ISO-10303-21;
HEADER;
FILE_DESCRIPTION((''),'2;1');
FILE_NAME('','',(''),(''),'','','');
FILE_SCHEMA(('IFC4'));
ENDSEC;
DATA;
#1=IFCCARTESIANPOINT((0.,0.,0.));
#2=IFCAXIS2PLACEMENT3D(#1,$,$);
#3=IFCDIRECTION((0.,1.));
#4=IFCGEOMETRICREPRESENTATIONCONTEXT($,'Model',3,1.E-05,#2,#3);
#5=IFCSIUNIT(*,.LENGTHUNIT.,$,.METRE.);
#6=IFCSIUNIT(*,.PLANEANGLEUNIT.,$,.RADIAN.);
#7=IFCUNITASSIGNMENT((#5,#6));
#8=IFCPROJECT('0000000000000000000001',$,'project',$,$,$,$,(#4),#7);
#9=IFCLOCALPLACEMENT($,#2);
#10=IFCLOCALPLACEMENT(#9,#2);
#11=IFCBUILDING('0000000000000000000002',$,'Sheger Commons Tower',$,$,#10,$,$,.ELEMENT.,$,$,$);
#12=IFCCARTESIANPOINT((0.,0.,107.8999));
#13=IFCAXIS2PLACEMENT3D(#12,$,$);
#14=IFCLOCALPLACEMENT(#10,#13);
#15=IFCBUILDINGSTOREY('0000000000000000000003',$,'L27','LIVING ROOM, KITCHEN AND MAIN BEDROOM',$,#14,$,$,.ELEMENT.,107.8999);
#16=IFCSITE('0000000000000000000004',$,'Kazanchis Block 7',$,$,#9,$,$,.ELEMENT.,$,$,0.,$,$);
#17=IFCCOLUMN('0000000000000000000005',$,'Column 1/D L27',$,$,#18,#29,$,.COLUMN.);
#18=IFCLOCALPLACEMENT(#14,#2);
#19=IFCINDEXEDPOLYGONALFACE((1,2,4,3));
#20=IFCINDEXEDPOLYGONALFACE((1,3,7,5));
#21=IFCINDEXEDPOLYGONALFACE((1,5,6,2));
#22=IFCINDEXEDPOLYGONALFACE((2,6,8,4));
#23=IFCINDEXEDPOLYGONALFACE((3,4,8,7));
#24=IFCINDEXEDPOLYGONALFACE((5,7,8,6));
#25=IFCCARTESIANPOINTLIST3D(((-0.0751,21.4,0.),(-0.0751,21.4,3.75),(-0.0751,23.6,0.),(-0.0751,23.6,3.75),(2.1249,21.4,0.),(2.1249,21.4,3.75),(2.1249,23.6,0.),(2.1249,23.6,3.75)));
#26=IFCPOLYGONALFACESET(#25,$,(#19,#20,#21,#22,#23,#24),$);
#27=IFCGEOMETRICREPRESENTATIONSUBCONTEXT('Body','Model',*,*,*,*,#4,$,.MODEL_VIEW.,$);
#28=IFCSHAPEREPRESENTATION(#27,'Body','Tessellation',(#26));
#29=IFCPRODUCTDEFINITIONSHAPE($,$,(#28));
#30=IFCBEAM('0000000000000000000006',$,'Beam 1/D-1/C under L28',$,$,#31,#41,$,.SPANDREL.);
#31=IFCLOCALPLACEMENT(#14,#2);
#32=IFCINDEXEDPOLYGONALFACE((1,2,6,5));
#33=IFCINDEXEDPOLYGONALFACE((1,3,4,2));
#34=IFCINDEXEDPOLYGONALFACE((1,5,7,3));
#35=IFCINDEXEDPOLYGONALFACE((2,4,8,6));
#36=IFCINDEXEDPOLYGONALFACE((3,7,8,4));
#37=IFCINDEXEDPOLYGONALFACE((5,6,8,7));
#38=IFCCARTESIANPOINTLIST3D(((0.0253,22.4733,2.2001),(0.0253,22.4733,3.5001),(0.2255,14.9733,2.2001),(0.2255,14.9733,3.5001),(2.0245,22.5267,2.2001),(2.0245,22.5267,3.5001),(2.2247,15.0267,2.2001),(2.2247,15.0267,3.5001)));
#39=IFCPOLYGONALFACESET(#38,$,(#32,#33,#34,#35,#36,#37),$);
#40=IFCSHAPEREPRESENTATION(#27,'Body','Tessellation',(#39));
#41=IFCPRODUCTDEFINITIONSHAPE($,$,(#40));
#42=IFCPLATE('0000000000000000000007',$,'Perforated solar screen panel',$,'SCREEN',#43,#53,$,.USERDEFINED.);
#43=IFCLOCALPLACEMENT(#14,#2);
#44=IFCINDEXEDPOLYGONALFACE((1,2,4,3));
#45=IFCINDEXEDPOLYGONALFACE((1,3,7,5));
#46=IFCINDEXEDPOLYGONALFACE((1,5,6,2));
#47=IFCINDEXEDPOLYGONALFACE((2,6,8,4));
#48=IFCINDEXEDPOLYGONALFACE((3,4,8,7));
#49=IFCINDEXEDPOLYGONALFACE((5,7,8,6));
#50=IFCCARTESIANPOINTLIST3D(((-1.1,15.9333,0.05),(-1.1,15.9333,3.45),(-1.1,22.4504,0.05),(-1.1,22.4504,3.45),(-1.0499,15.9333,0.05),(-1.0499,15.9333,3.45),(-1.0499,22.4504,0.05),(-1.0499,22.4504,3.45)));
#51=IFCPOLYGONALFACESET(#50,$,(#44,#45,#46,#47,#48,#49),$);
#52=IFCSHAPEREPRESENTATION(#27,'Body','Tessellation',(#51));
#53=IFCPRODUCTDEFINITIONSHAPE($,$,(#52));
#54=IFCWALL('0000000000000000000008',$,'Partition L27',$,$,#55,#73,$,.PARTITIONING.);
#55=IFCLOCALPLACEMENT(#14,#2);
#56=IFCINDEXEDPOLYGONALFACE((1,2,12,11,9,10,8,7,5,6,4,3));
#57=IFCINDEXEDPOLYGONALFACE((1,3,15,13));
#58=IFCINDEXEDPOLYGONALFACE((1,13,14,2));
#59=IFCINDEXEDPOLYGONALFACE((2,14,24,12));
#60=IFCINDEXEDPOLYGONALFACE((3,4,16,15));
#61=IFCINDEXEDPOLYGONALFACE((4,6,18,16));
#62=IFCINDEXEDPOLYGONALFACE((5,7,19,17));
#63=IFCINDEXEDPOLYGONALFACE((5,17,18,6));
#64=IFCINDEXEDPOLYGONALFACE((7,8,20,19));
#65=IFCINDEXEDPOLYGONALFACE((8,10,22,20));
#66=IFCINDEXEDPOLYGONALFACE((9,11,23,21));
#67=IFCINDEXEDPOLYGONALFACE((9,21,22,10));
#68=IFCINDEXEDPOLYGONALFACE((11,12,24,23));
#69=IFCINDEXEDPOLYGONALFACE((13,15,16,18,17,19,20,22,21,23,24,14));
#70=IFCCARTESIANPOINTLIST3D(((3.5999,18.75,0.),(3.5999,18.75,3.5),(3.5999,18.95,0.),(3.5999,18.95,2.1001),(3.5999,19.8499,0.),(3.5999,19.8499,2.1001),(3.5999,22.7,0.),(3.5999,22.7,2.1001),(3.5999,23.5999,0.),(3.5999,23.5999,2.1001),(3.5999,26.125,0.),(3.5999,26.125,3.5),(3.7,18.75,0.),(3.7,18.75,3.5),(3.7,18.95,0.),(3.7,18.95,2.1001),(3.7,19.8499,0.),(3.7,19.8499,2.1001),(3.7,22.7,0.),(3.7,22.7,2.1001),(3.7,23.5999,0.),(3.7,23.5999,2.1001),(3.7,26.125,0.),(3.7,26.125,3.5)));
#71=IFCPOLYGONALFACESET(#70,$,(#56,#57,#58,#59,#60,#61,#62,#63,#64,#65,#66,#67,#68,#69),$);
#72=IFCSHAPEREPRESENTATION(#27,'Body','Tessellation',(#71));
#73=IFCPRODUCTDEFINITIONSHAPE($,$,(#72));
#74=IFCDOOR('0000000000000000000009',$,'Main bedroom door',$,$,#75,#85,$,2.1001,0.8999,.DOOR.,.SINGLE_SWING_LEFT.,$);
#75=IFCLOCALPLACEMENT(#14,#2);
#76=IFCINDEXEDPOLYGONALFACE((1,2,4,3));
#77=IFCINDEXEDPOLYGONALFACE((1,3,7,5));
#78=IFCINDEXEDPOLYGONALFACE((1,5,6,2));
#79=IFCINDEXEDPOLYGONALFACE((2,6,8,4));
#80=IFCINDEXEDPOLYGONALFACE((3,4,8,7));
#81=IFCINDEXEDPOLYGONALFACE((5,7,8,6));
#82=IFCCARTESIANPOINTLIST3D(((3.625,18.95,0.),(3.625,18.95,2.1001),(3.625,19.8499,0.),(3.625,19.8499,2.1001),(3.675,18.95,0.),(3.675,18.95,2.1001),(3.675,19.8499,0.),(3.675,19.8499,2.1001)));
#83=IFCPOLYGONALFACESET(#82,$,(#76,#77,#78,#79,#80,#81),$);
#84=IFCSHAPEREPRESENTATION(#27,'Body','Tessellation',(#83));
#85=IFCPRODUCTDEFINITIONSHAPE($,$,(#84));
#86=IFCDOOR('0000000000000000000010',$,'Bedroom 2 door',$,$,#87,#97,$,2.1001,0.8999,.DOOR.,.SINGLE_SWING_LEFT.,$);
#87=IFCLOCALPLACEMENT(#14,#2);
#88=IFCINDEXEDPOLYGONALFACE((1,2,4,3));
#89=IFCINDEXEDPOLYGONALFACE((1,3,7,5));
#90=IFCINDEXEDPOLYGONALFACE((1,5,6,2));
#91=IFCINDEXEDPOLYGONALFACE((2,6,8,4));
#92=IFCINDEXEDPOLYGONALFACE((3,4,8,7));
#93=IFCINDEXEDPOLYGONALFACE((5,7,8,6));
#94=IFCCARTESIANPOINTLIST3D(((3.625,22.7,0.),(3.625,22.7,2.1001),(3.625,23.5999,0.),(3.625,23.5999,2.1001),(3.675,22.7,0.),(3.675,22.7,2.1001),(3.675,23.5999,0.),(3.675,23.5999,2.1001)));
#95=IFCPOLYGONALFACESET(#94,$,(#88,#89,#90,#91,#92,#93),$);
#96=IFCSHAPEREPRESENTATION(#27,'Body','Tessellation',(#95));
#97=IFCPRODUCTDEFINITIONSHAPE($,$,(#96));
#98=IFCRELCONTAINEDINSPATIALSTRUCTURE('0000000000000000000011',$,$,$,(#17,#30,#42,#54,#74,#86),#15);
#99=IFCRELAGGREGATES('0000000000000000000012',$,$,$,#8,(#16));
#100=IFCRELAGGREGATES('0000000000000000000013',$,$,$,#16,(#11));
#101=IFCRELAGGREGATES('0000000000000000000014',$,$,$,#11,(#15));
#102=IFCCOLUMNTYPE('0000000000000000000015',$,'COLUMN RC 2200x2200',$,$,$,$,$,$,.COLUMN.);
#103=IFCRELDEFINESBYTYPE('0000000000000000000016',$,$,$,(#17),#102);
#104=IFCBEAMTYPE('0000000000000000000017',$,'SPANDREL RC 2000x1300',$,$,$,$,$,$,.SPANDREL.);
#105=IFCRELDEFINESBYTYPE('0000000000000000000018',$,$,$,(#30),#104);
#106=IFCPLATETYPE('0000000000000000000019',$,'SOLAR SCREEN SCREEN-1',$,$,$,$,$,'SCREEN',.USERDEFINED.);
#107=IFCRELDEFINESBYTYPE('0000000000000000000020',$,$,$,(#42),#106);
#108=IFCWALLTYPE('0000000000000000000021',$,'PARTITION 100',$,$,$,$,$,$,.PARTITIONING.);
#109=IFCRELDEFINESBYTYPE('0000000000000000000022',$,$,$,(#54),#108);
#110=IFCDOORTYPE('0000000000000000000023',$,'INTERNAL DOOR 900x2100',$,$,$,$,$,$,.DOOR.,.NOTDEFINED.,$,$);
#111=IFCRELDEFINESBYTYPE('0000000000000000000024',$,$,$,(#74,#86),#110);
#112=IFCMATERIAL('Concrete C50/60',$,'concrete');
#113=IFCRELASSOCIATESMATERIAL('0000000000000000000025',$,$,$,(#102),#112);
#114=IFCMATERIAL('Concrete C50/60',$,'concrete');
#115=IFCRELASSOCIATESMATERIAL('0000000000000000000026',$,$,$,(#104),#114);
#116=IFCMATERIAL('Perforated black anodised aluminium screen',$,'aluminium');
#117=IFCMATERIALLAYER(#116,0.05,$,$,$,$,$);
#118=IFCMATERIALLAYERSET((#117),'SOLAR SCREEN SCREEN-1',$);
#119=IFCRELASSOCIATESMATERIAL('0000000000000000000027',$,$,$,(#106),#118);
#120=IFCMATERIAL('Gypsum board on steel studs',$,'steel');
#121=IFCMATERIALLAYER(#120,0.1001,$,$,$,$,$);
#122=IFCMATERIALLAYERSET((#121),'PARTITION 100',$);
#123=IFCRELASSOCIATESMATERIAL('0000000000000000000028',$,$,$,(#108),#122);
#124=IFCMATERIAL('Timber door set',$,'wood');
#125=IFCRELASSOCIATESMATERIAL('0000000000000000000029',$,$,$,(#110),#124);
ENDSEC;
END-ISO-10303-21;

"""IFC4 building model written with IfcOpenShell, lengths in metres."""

from ifc_helpers import new_model, si_unit, direction, frame, frame_2d, origin, origin_2d, place, context, subcontext, project, spatial, rectangle, extrude, material, layer, layer_set, material_profile, profile_set, type_object, element, fill, save


model = new_model("IFC4")

# Units and contexts
model_context = context("Model", 3, precision=1e-05, world=origin(), true_north=direction((0.0, 1.0)))
body_context = subcontext(model_context, "Body", "Model", "MODEL_VIEW")
ifc_project = project(units=[si_unit("LENGTHUNIT", "METRE"), si_unit("PLANEANGLEUNIT", "RADIAN")], contexts=[model_context])

# Site, building, storey
site_placement = place(None, origin())
site = spatial("IfcSite", under=ifc_project, at=site_placement, Name="Kazanchis Block 7", CompositionType="ELEMENT", RefElevation=0.0)
building_placement = place(site_placement, origin())
building = spatial("IfcBuilding", under=site, at=building_placement, Name="Sheger Commons Tower", CompositionType="ELEMENT")
storey_placement = place(building_placement, frame((0.0, 0.0, 107.8999)))
storey = spatial("IfcBuildingStorey", under=building, at=storey_placement, Name="L27", Description="LIVING ROOM, KITCHEN AND MAIN BEDROOM", CompositionType="ELEMENT", Elevation=107.8999)

# Column
ifc_material_1 = material(Name="Concrete C50/60", Category="concrete")
ifc_material_profile_1 = material_profile(ifc_material_1, rectangle(XDim=2.2, YDim=2.2, at=origin_2d()), Name="RC 2200x2200")
ifc_profile_set_1 = profile_set([ifc_material_profile_1], Name="Concrete C50/60")
column_type = type_object("IfcColumnType", Name="COLUMN RC 2200x2200", PredefinedType="COLUMN", material=ifc_profile_set_1)
column_placement = place(storey_placement, frame((1.0249, 22.5, 0.0), z_axis=(0.0, 0.0, 1.0), x_axis=(1.0, 0.0, 0.0)))
element("IfcColumn", 1, at=column_placement, inside=storey, type_object=column_type, Name="Column 1/D L27", PredefinedType="COLUMN", context=body_context, shape_type="SweptSolid", body=[
    extrude(rectangle(XDim=2.2, YDim=2.2, at=origin_2d()), origin(), (0.0, 0.0, 1.0), 3.75),
])

# Beam
ifc_material_2 = material(Name="Concrete C50/60", Category="concrete")
ifc_material_profile_2 = material_profile(ifc_material_2, rectangle(XDim=2.0, YDim=1.3, at=origin_2d()), Name="RC 2000x1300")
ifc_profile_set_2 = profile_set([ifc_material_profile_2], Name="Concrete C50/60")
beam_type = type_object("IfcBeamType", Name="SPANDREL RC 2000x1300", PredefinedType="SPANDREL", material=ifc_profile_set_2)
beam_placement = place(storey_placement, frame((1.0249, 22.5, 2.8501), z_axis=(0.026683, -0.999644, 0.0), x_axis=(0.999644, 0.026683, 0.0)))
element("IfcBeam", 2, at=beam_placement, inside=storey, type_object=beam_type, Name="Beam 1/D-1/C under L28", PredefinedType="SPANDREL", context=body_context, shape_type="SweptSolid", body=[
    extrude(rectangle(XDim=2.0, YDim=1.3, at=origin_2d()), origin(), (0.0, 0.0, 1.0), 7.5027),
])

# Plate
ifc_material_3 = material(Name="Perforated black anodised aluminium screen", Category="aluminium")
ifc_layer_1 = layer(ifc_material_3, 0.05)
ifc_layer_set_1 = layer_set([ifc_layer_1], Name="SOLAR SCREEN SCREEN-1")
plate_type = type_object("IfcPlateType", Name="SOLAR SCREEN SCREEN-1", ElementType="SCREEN", PredefinedType="USERDEFINED", material=ifc_layer_set_1)
plate_placement = place(storey_placement, frame((-1.075, 19.1919, 0.05), z_axis=(0.0, 0.0, 1.0), x_axis=(0.0, -1.0, 0.0)))
element("IfcPlate", 3, at=plate_placement, inside=storey, type_object=plate_type, Name="Perforated solar screen panel", ObjectType="SCREEN", PredefinedType="USERDEFINED", context=body_context, shape_type="SweptSolid", body=[
    extrude(rectangle(XDim=6.5171, YDim=0.05, at=origin_2d()), origin(), (0.0, 0.0, 1.0), 3.3999),
])

# Wall, openings, doors
ifc_material_4 = material(Name="Gypsum board on steel studs", Category="steel")
ifc_layer_2 = layer(ifc_material_4, 0.1001)
ifc_layer_set_2 = layer_set([ifc_layer_2], Name="PARTITION 100")
wall_type = type_object("IfcWallType", Name="PARTITION 100", PredefinedType="PARTITIONING", material=ifc_layer_set_2)
wall_1_placement = place(storey_placement, frame((3.6499, 18.75, 0.0), z_axis=(0.0, 0.0, 1.0), x_axis=(0.0, 1.0, 0.0)))
wall_1 = element("IfcWall", 4, at=wall_1_placement, inside=storey, type_object=wall_type, Name="Partition L27", PredefinedType="PARTITIONING", context=body_context, shape_type="SweptSolid", body=[
    extrude(rectangle(XDim=7.375, YDim=0.1001, at=frame_2d((3.6875, 0.0))), origin(), (0.0, 0.0, 1.0), 3.5),
])
opening_1_placement = place(wall_1_placement, frame((0.2, 0.0, 0.0)))
opening_1 = element("IfcOpeningElement", 5, at=opening_1_placement, cuts=wall_1, PredefinedType="OPENING", context=body_context, shape_type="SweptSolid", body=[
    extrude(rectangle(XDim=0.8999, YDim=2.1001, at=frame_2d((0.45, 1.05))), frame((0.0, 0.0601, 0.0), z_axis=(0.0, -1.0, 0.0), x_axis=(1.0, 0.0, 0.0)), (0.0, 0.0, 1.0), 0.1201),
])
opening_2_placement = place(wall_1_placement, frame((3.95, 0.0, 0.0)))
opening_2 = element("IfcOpeningElement", 6, at=opening_2_placement, cuts=wall_1, PredefinedType="OPENING", context=body_context, shape_type="SweptSolid", body=[
    extrude(rectangle(XDim=0.8999, YDim=2.1001, at=frame_2d((0.45, 1.05))), frame((0.0, 0.0601, 0.0), z_axis=(0.0, -1.0, 0.0), x_axis=(1.0, 0.0, 0.0)), (0.0, 0.0, 1.0), 0.1201),
])
ifc_material_5 = material(Name="Timber door set", Category="wood")
door_type = type_object("IfcDoorType", Name="INTERNAL DOOR 900x2100", OperationType="NOTDEFINED", PredefinedType="DOOR", material=ifc_material_5)
door_1_placement = place(opening_1_placement, origin())
door_1 = element("IfcDoor", 7, at=door_1_placement, inside=storey, type_object=door_type, Name="Main bedroom door", OperationType="SINGLE_SWING_LEFT", OverallHeight=2.1001, OverallWidth=0.8999, PredefinedType="DOOR", context=body_context, shape_type="SweptSolid", body=[
    extrude(rectangle(XDim=0.8999, YDim=2.1001, at=frame_2d((0.45, 1.05))), frame((0.0, 0.0249, 0.0), z_axis=(0.0, -1.0, 0.0), x_axis=(1.0, 0.0, 0.0)), (0.0, 0.0, 1.0), 0.05),
])
fill(opening_1, door_1)
door_2_placement = place(opening_2_placement, origin())
door_2 = element("IfcDoor", 8, at=door_2_placement, inside=storey, type_object=door_type, Name="Bedroom 2 door", OperationType="SINGLE_SWING_LEFT", OverallHeight=2.1001, OverallWidth=0.8999, PredefinedType="DOOR", context=body_context, shape_type="SweptSolid", body=[
    extrude(rectangle(XDim=0.8999, YDim=2.1001, at=frame_2d((0.45, 1.05))), frame((0.0, 0.0249, 0.0), z_axis=(0.0, -1.0, 0.0), x_axis=(1.0, 0.0, 0.0)), (0.0, 0.0, 1.0), 0.05),
])
fill(opening_2, door_2)

save(model, "model.ifc")
